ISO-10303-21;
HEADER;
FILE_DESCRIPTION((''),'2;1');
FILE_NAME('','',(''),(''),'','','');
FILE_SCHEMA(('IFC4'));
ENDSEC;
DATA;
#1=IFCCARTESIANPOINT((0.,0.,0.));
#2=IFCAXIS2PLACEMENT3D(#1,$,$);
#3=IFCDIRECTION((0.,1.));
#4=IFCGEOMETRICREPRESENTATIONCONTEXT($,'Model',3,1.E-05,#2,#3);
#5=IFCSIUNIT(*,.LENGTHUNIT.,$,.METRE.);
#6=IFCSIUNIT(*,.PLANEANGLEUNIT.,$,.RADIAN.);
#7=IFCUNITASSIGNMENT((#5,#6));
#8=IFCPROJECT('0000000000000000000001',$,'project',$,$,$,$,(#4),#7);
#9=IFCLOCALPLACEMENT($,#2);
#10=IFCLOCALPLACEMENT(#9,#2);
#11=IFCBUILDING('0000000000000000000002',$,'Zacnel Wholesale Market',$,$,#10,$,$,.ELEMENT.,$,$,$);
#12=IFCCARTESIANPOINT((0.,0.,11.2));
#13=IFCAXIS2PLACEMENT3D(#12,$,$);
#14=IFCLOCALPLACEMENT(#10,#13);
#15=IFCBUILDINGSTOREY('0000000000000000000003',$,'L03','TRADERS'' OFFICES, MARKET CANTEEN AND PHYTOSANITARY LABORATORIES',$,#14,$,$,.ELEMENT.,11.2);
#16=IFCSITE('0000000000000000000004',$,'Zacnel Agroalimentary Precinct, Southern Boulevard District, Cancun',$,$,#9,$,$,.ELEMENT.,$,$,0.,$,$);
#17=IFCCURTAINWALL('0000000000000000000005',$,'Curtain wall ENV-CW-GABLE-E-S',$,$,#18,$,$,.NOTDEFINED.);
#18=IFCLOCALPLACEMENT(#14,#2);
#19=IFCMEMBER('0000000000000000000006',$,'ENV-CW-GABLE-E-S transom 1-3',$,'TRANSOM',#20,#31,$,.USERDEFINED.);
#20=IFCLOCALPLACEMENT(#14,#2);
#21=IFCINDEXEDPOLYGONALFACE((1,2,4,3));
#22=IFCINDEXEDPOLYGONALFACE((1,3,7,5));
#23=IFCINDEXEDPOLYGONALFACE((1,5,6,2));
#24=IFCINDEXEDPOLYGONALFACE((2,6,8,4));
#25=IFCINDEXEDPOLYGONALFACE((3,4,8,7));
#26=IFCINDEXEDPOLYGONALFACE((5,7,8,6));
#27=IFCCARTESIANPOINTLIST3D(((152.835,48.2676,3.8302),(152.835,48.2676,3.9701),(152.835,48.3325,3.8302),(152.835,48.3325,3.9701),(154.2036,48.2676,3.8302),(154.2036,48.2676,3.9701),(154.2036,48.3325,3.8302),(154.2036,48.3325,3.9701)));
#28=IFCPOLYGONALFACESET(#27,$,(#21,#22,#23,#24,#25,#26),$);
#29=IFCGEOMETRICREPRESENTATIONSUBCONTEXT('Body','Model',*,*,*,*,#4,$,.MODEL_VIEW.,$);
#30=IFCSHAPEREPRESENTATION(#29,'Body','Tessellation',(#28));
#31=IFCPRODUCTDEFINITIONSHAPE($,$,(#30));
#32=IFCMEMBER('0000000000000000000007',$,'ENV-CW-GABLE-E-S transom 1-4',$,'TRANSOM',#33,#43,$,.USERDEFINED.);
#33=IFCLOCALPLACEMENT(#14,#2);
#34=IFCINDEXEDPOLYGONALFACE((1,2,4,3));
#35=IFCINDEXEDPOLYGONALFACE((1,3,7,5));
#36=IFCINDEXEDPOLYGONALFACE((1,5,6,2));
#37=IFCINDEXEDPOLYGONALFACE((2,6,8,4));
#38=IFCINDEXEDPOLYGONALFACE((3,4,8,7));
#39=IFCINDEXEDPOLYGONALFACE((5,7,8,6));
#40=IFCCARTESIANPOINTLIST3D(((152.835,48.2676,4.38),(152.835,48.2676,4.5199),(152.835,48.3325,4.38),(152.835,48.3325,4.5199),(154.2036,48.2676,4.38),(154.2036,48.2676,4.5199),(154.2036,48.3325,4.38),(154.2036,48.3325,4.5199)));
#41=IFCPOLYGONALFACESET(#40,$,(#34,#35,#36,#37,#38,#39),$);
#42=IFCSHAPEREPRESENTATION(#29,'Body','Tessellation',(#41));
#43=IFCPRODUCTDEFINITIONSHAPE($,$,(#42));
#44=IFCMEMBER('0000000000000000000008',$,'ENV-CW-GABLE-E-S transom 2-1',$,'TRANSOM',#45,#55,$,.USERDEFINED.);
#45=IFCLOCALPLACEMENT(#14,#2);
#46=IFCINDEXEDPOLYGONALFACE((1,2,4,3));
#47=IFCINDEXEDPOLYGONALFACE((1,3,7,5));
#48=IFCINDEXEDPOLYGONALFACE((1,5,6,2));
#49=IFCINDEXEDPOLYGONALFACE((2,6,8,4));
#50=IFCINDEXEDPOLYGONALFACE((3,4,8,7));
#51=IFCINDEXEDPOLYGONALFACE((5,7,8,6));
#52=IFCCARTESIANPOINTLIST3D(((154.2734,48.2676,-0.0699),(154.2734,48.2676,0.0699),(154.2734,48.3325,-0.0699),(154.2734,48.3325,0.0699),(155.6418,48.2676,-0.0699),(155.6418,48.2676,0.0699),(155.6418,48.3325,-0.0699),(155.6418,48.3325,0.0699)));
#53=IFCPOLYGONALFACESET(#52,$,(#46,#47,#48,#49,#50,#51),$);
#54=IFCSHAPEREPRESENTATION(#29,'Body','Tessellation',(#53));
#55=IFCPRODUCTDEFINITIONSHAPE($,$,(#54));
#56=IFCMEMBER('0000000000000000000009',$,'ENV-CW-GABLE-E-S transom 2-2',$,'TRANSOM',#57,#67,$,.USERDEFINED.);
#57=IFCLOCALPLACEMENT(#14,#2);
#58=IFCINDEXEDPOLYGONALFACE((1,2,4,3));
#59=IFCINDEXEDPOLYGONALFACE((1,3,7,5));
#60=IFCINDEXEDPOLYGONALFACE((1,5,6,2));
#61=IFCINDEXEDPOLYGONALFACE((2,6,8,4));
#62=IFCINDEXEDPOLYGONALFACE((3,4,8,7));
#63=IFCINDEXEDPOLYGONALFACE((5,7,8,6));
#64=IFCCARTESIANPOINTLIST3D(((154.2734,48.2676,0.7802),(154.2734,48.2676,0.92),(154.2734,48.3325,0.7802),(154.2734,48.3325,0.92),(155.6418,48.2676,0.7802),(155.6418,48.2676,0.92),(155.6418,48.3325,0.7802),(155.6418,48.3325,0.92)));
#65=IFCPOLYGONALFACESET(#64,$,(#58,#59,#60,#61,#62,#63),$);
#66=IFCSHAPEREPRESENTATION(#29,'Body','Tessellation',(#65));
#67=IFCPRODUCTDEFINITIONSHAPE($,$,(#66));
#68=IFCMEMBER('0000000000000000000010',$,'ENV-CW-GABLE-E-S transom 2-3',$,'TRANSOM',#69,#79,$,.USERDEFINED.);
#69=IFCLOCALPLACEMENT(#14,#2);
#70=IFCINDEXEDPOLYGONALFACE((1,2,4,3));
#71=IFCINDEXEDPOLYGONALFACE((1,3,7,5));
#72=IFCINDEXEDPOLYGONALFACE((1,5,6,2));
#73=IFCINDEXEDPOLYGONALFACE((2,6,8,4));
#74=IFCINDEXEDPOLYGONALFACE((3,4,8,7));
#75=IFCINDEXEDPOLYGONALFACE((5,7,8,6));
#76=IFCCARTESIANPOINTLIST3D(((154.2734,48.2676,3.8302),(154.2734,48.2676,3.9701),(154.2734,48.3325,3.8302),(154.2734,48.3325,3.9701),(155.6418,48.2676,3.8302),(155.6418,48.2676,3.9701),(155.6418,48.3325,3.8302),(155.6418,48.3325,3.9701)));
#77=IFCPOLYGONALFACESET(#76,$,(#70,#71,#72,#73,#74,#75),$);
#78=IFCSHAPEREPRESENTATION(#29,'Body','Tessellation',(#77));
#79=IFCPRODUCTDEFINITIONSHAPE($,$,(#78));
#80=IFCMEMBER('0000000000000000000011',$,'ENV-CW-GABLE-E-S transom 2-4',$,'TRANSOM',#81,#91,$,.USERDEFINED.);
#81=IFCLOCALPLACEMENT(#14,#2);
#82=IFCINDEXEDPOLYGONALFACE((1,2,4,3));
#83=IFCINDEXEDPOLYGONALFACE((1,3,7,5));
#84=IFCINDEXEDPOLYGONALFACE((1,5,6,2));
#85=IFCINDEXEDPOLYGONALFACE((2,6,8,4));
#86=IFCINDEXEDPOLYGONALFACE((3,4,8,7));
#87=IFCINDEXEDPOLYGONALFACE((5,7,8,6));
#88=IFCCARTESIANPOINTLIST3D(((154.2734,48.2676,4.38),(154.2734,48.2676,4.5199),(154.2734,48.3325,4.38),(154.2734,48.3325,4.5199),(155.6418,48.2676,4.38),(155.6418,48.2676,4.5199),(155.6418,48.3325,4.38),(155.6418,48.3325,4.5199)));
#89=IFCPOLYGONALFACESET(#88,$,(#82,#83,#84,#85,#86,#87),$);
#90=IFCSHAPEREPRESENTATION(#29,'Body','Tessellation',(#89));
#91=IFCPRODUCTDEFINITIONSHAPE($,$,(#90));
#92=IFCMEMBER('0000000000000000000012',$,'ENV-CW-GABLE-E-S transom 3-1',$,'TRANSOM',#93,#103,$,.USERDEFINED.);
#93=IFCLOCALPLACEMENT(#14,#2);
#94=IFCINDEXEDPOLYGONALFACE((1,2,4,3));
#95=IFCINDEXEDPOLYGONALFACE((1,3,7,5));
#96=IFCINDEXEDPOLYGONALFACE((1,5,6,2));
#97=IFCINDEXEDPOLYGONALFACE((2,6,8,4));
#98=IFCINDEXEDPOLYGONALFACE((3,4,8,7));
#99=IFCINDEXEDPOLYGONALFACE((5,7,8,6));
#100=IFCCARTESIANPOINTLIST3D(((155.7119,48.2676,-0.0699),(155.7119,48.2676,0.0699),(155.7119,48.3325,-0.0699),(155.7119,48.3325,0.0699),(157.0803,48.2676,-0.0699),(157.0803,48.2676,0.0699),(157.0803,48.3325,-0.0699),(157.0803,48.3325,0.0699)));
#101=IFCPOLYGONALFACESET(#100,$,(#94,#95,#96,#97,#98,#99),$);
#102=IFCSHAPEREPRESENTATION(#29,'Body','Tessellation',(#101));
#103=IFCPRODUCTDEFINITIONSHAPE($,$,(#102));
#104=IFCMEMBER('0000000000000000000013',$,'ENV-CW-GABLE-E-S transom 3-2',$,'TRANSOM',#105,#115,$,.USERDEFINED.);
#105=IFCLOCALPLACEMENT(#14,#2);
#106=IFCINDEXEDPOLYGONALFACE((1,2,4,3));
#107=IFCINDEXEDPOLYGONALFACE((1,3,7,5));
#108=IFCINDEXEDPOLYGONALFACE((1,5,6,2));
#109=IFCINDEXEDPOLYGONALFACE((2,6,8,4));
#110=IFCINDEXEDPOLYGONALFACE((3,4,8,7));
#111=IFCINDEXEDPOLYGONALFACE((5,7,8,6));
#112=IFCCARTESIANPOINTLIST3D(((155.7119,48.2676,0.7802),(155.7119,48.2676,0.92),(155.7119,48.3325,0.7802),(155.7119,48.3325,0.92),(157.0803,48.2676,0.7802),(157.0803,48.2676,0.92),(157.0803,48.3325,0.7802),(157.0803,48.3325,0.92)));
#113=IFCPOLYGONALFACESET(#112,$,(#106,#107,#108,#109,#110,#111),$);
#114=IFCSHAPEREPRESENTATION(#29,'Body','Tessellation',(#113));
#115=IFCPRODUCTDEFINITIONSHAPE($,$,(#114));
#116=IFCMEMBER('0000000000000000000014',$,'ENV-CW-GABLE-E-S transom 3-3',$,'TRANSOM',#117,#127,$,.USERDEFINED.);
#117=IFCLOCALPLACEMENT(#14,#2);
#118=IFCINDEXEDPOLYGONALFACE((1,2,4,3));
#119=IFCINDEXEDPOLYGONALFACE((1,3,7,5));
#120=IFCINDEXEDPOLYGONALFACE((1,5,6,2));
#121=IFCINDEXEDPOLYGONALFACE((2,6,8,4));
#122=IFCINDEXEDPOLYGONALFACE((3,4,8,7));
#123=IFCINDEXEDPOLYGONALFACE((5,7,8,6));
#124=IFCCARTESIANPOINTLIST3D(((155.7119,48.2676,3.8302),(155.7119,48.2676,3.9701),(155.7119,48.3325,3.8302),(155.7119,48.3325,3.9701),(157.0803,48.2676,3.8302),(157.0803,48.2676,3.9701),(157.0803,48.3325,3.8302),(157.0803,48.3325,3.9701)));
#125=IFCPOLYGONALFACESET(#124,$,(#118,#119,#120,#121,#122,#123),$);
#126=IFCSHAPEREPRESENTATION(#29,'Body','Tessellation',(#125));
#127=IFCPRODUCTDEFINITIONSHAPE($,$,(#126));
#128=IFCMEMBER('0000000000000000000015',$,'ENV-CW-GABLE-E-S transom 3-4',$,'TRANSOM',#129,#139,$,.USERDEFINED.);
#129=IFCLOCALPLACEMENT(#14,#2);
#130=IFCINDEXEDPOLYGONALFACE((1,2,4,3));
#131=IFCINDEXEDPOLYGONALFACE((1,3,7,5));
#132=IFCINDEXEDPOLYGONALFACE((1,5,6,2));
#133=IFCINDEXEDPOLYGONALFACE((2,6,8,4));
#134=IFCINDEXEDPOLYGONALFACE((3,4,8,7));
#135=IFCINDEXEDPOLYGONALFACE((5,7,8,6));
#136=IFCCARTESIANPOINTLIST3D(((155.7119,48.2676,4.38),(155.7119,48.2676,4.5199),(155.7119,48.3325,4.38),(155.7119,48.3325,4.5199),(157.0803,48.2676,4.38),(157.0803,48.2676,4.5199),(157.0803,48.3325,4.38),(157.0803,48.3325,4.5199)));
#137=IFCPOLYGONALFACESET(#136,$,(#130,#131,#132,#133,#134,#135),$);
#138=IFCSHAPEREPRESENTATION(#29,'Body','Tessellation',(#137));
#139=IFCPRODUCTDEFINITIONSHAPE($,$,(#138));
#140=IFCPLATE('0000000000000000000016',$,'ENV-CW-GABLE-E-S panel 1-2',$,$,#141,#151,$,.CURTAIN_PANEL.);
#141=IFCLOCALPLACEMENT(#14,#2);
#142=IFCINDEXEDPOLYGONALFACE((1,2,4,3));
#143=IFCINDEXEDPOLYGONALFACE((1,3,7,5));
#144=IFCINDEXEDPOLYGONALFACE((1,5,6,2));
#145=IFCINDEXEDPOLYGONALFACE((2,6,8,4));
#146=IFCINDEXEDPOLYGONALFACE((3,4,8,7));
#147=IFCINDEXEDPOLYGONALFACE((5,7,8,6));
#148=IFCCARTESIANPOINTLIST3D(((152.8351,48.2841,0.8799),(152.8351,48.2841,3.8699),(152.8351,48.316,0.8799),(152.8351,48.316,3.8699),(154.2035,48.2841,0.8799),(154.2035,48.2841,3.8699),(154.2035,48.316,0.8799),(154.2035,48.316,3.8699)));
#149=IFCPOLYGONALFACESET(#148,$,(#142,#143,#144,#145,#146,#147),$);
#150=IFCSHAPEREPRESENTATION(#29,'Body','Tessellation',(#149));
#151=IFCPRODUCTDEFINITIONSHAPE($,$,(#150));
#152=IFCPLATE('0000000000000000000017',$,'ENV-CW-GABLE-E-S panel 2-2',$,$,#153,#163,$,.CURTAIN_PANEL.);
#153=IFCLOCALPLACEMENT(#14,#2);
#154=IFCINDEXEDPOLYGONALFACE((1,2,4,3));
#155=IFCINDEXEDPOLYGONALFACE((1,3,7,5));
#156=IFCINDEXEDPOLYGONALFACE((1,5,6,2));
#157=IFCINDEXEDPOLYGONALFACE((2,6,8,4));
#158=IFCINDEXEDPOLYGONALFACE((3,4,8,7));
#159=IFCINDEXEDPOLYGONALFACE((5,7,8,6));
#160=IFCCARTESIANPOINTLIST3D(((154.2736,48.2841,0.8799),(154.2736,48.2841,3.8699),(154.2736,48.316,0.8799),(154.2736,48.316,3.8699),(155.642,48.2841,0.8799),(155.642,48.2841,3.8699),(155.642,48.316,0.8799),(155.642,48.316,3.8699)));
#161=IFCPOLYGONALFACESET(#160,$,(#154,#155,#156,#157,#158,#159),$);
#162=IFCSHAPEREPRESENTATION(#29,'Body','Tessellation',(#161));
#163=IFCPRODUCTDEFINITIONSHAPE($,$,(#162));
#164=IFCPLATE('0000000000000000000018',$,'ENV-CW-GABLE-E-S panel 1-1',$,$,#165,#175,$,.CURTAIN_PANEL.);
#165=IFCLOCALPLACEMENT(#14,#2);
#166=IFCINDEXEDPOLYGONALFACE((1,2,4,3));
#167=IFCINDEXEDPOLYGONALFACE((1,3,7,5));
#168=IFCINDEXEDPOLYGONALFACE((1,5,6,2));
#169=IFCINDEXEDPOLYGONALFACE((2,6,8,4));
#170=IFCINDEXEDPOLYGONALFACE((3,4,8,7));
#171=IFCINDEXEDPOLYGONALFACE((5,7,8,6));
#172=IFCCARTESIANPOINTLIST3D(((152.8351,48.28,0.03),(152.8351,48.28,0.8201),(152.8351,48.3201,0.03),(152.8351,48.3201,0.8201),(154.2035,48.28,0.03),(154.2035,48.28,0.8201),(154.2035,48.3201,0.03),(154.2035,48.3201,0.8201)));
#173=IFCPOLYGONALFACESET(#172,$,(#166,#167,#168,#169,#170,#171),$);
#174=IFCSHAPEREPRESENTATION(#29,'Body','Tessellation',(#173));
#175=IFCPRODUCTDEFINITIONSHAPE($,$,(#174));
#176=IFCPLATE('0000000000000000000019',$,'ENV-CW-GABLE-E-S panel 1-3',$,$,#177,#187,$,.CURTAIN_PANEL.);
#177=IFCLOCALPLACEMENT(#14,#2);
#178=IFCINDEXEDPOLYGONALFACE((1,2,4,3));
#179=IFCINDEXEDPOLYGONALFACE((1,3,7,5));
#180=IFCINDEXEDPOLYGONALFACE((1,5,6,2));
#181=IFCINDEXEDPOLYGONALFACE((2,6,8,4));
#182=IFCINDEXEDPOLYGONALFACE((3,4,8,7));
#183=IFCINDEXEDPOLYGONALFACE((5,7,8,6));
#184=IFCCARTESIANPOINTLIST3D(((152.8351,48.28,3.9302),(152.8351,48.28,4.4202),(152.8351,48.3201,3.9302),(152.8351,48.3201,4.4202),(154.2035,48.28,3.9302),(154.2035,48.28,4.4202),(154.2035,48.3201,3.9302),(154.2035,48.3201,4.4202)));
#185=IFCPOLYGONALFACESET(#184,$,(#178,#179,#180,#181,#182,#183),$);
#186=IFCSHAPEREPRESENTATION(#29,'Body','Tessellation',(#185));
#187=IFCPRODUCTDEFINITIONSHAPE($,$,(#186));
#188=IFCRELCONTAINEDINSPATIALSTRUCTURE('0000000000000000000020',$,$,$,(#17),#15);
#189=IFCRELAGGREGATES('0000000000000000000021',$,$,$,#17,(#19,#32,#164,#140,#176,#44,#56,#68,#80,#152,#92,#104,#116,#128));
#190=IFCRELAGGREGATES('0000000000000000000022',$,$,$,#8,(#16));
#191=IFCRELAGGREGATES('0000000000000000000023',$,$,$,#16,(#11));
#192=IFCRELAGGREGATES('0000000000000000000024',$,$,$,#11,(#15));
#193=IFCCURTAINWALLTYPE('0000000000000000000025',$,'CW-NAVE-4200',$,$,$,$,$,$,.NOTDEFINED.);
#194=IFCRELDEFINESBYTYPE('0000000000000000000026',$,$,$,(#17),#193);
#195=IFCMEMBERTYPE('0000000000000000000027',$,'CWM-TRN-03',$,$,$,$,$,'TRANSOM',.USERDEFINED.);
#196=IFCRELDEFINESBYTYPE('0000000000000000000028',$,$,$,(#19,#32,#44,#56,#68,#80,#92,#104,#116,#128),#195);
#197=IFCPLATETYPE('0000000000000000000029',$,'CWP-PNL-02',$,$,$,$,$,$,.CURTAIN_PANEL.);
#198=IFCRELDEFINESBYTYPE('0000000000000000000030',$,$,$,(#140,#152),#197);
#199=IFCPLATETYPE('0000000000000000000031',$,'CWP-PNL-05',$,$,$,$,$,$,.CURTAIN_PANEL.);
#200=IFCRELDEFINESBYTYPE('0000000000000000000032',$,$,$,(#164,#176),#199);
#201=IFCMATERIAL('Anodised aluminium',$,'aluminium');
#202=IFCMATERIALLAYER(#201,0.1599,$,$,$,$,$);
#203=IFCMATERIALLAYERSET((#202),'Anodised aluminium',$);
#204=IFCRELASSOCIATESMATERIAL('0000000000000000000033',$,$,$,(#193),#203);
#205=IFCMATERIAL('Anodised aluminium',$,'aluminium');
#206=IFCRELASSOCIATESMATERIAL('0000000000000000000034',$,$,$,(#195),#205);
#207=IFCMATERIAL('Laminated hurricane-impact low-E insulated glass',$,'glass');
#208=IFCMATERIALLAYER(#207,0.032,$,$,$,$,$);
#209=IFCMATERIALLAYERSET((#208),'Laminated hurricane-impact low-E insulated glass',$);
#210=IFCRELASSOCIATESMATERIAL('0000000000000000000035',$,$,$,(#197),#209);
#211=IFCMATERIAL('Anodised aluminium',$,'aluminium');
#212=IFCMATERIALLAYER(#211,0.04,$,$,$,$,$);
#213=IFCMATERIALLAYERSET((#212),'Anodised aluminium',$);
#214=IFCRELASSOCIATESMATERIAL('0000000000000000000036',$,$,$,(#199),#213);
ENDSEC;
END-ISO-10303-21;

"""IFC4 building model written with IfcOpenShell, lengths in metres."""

from ifc_helpers import new_model, si_unit, direction, frame, origin, origin_2d, place, context, subcontext, project, spatial, rectangle, extrude, material, layer, layer_set, material_profile, profile_set, type_object, element, aggregate, save


model = new_model("IFC4")

# Units and contexts
model_context = context("Model", 3, precision=1e-05, world=origin(), true_north=direction((0.0, 1.0)))
body_context = subcontext(model_context, "Body", "Model", "MODEL_VIEW")
ifc_project = project(units=[si_unit("LENGTHUNIT", "METRE"), si_unit("PLANEANGLEUNIT", "RADIAN")], contexts=[model_context])

# Site, building, storey
site_placement = place(None, origin())
site = spatial("IfcSite", under=ifc_project, at=site_placement, Name="Zacnel Agroalimentary Precinct, Southern Boulevard District, Cancun", CompositionType="ELEMENT", RefElevation=0.0)
building_placement = place(site_placement, origin())
building = spatial("IfcBuilding", under=site, at=building_placement, Name="Zacnel Wholesale Market", CompositionType="ELEMENT")
storey_placement = place(building_placement, frame((0.0, 0.0, 11.2)))
storey = spatial("IfcBuildingStorey", under=building, at=storey_placement, Name="L03", Description="TRADERS' OFFICES, MARKET CANTEEN AND PHYTOSANITARY LABORATORIES", CompositionType="ELEMENT", Elevation=11.2)

# Curtain wall, members, plates
ifc_material_1 = material(Name="Anodised aluminium", Category="aluminium")
ifc_layer_1 = layer(ifc_material_1, 0.1599)
ifc_layer_set_1 = layer_set([ifc_layer_1], Name="Anodised aluminium")
curtain_wall_type = type_object("IfcCurtainWallType", Name="CW-NAVE-4200", PredefinedType="NOTDEFINED", material=ifc_layer_set_1)
curtain_wall_placement = place(storey_placement, origin())
curtain_wall = element("IfcCurtainWall", 1, at=curtain_wall_placement, inside=storey, type_object=curtain_wall_type, Name="Curtain wall ENV-CW-GABLE-E-S", PredefinedType="NOTDEFINED")
ifc_material_2 = material(Name="Anodised aluminium", Category="aluminium")
ifc_material_profile_1 = material_profile(ifc_material_2, rectangle(XDim=0.0649, YDim=0.1399, at=origin_2d()), Name="AW-TRANSOM 65x140")
ifc_profile_set_1 = profile_set([ifc_material_profile_1], Name="Anodised aluminium")
member_type_1 = type_object("IfcMemberType", Name="CWM-TRN-03", ElementType="TRANSOM", PredefinedType="USERDEFINED", material=ifc_profile_set_1)
member_1_placement = place(storey_placement, frame((152.835, 48.3, 3.9001), z_axis=(1.0, 0.0, 0.0), x_axis=(0.0, 1.0, 0.0)))
member_1 = element("IfcMember", 2, at=member_1_placement, type_object=member_type_1, Name="ENV-CW-GABLE-E-S transom 1-3", ObjectType="TRANSOM", PredefinedType="USERDEFINED", context=body_context, shape_type="SweptSolid", body=[
    extrude(rectangle(XDim=0.0649, YDim=0.1399, at=origin_2d()), origin(), (0.0, 0.0, 1.0), 1.3687),
])
member_2_placement = place(storey_placement, frame((152.835, 48.3, 4.45), z_axis=(1.0, 0.0, 0.0), x_axis=(0.0, 1.0, 0.0)))
member_2 = element("IfcMember", 3, at=member_2_placement, type_object=member_type_1, Name="ENV-CW-GABLE-E-S transom 1-4", ObjectType="TRANSOM", PredefinedType="USERDEFINED", context=body_context, shape_type="SweptSolid", body=[
    extrude(rectangle(XDim=0.0649, YDim=0.1399, at=origin_2d()), origin(), (0.0, 0.0, 1.0), 1.3687),
])
member_3_placement = place(storey_placement, frame((154.2734, 48.3, 0.0), z_axis=(1.0, 0.0, 0.0), x_axis=(0.0, 1.0, 0.0)))
member_3 = element("IfcMember", 4, at=member_3_placement, type_object=member_type_1, Name="ENV-CW-GABLE-E-S transom 2-1", ObjectType="TRANSOM", PredefinedType="USERDEFINED", context=body_context, shape_type="SweptSolid", body=[
    extrude(rectangle(XDim=0.0649, YDim=0.1399, at=origin_2d()), origin(), (0.0, 0.0, 1.0), 1.3684),
])
member_4_placement = place(storey_placement, frame((154.2734, 48.3, 0.8501), z_axis=(1.0, 0.0, 0.0), x_axis=(0.0, 1.0, 0.0)))
member_4 = element("IfcMember", 5, at=member_4_placement, type_object=member_type_1, Name="ENV-CW-GABLE-E-S transom 2-2", ObjectType="TRANSOM", PredefinedType="USERDEFINED", context=body_context, shape_type="SweptSolid", body=[
    extrude(rectangle(XDim=0.0649, YDim=0.1399, at=origin_2d()), origin(), (0.0, 0.0, 1.0), 1.3684),
])
member_5_placement = place(storey_placement, frame((154.2734, 48.3, 3.9001), z_axis=(1.0, 0.0, 0.0), x_axis=(0.0, 1.0, 0.0)))
member_5 = element("IfcMember", 6, at=member_5_placement, type_object=member_type_1, Name="ENV-CW-GABLE-E-S transom 2-3", ObjectType="TRANSOM", PredefinedType="USERDEFINED", context=body_context, shape_type="SweptSolid", body=[
    extrude(rectangle(XDim=0.0649, YDim=0.1399, at=origin_2d()), origin(), (0.0, 0.0, 1.0), 1.3684),
])
member_6_placement = place(storey_placement, frame((154.2734, 48.3, 4.45), z_axis=(1.0, 0.0, 0.0), x_axis=(0.0, 1.0, 0.0)))
member_6 = element("IfcMember", 7, at=member_6_placement, type_object=member_type_1, Name="ENV-CW-GABLE-E-S transom 2-4", ObjectType="TRANSOM", PredefinedType="USERDEFINED", context=body_context, shape_type="SweptSolid", body=[
    extrude(rectangle(XDim=0.0649, YDim=0.1399, at=origin_2d()), origin(), (0.0, 0.0, 1.0), 1.3684),
])
member_7_placement = place(storey_placement, frame((155.7119, 48.3, 0.0), z_axis=(1.0, 0.0, 0.0), x_axis=(0.0, 1.0, 0.0)))
member_7 = element("IfcMember", 8, at=member_7_placement, type_object=member_type_1, Name="ENV-CW-GABLE-E-S transom 3-1", ObjectType="TRANSOM", PredefinedType="USERDEFINED", context=body_context, shape_type="SweptSolid", body=[
    extrude(rectangle(XDim=0.0649, YDim=0.1399, at=origin_2d()), origin(), (0.0, 0.0, 1.0), 1.3684),
])
member_8_placement = place(storey_placement, frame((155.7119, 48.3, 0.8501), z_axis=(1.0, 0.0, 0.0), x_axis=(0.0, 1.0, 0.0)))
member_8 = element("IfcMember", 9, at=member_8_placement, type_object=member_type_1, Name="ENV-CW-GABLE-E-S transom 3-2", ObjectType="TRANSOM", PredefinedType="USERDEFINED", context=body_context, shape_type="SweptSolid", body=[
    extrude(rectangle(XDim=0.0649, YDim=0.1399, at=origin_2d()), origin(), (0.0, 0.0, 1.0), 1.3684),
])
member_9_placement = place(storey_placement, frame((155.7119, 48.3, 3.9001), z_axis=(1.0, 0.0, 0.0), x_axis=(0.0, 1.0, 0.0)))
member_9 = element("IfcMember", 10, at=member_9_placement, type_object=member_type_1, Name="ENV-CW-GABLE-E-S transom 3-3", ObjectType="TRANSOM", PredefinedType="USERDEFINED", context=body_context, shape_type="SweptSolid", body=[
    extrude(rectangle(XDim=0.0649, YDim=0.1399, at=origin_2d()), origin(), (0.0, 0.0, 1.0), 1.3684),
])
member_10_placement = place(storey_placement, frame((155.7119, 48.3, 4.45), z_axis=(1.0, 0.0, 0.0), x_axis=(0.0, 1.0, 0.0)))
member_10 = element("IfcMember", 11, at=member_10_placement, type_object=member_type_1, Name="ENV-CW-GABLE-E-S transom 3-4", ObjectType="TRANSOM", PredefinedType="USERDEFINED", context=body_context, shape_type="SweptSolid", body=[
    extrude(rectangle(XDim=0.0649, YDim=0.1399, at=origin_2d()), origin(), (0.0, 0.0, 1.0), 1.3684),
])
ifc_material_3 = material(Name="Laminated hurricane-impact low-E insulated glass", Category="glass")
ifc_layer_2 = layer(ifc_material_3, 0.032)
ifc_layer_set_2 = layer_set([ifc_layer_2], Name="Laminated hurricane-impact low-E insulated glass")
plate_type_1 = type_object("IfcPlateType", Name="CWP-PNL-02", PredefinedType="CURTAIN_PANEL", material=ifc_layer_set_2)
plate_1_placement = place(storey_placement, frame((153.5193, 48.3, 0.8799), z_axis=(0.0, 0.0, 1.0), x_axis=(1.0, 0.0, 0.0)))
plate_1 = element("IfcPlate", 12, at=plate_1_placement, type_object=plate_type_1, Name="ENV-CW-GABLE-E-S panel 1-2", PredefinedType="CURTAIN_PANEL", context=body_context, shape_type="SweptSolid", body=[
    extrude(rectangle(XDim=1.3684, YDim=0.032, at=origin_2d()), origin(), (0.0, 0.0, 1.0), 2.99),
])
plate_2_placement = place(storey_placement, frame((154.9578, 48.3, 0.8799), z_axis=(0.0, 0.0, 1.0), x_axis=(1.0, 0.0, 0.0)))
plate_2 = element("IfcPlate", 13, at=plate_2_placement, type_object=plate_type_1, Name="ENV-CW-GABLE-E-S panel 2-2", PredefinedType="CURTAIN_PANEL", context=body_context, shape_type="SweptSolid", body=[
    extrude(rectangle(XDim=1.3684, YDim=0.032, at=origin_2d()), origin(), (0.0, 0.0, 1.0), 2.99),
])
ifc_material_4 = material(Name="Anodised aluminium", Category="aluminium")
ifc_layer_3 = layer(ifc_material_4, 0.04)
ifc_layer_set_3 = layer_set([ifc_layer_3], Name="Anodised aluminium")
plate_type_2 = type_object("IfcPlateType", Name="CWP-PNL-05", PredefinedType="CURTAIN_PANEL", material=ifc_layer_set_3)
plate_3_placement = place(storey_placement, frame((153.5193, 48.3, 0.03), z_axis=(0.0, 0.0, 1.0), x_axis=(1.0, 0.0, 0.0)))
plate_3 = element("IfcPlate", 14, at=plate_3_placement, type_object=plate_type_2, Name="ENV-CW-GABLE-E-S panel 1-1", PredefinedType="CURTAIN_PANEL", context=body_context, shape_type="SweptSolid", body=[
    extrude(rectangle(XDim=1.3684, YDim=0.04, at=origin_2d()), origin(), (0.0, 0.0, 1.0), 0.79),
])
plate_4_placement = place(storey_placement, frame((153.5193, 48.3, 3.9302), z_axis=(0.0, 0.0, 1.0), x_axis=(1.0, 0.0, 0.0)))
plate_4 = element("IfcPlate", 15, at=plate_4_placement, type_object=plate_type_2, Name="ENV-CW-GABLE-E-S panel 1-3", PredefinedType="CURTAIN_PANEL", context=body_context, shape_type="SweptSolid", body=[
    extrude(rectangle(XDim=1.3684, YDim=0.04, at=origin_2d()), origin(), (0.0, 0.0, 1.0), 0.49),
])
aggregate(curtain_wall, [member_1, member_2, plate_3, plate_1, plate_4, member_3, member_4, member_5, member_6, plate_2, member_7, member_8, member_9, member_10])

save(model, "model.ifc")
